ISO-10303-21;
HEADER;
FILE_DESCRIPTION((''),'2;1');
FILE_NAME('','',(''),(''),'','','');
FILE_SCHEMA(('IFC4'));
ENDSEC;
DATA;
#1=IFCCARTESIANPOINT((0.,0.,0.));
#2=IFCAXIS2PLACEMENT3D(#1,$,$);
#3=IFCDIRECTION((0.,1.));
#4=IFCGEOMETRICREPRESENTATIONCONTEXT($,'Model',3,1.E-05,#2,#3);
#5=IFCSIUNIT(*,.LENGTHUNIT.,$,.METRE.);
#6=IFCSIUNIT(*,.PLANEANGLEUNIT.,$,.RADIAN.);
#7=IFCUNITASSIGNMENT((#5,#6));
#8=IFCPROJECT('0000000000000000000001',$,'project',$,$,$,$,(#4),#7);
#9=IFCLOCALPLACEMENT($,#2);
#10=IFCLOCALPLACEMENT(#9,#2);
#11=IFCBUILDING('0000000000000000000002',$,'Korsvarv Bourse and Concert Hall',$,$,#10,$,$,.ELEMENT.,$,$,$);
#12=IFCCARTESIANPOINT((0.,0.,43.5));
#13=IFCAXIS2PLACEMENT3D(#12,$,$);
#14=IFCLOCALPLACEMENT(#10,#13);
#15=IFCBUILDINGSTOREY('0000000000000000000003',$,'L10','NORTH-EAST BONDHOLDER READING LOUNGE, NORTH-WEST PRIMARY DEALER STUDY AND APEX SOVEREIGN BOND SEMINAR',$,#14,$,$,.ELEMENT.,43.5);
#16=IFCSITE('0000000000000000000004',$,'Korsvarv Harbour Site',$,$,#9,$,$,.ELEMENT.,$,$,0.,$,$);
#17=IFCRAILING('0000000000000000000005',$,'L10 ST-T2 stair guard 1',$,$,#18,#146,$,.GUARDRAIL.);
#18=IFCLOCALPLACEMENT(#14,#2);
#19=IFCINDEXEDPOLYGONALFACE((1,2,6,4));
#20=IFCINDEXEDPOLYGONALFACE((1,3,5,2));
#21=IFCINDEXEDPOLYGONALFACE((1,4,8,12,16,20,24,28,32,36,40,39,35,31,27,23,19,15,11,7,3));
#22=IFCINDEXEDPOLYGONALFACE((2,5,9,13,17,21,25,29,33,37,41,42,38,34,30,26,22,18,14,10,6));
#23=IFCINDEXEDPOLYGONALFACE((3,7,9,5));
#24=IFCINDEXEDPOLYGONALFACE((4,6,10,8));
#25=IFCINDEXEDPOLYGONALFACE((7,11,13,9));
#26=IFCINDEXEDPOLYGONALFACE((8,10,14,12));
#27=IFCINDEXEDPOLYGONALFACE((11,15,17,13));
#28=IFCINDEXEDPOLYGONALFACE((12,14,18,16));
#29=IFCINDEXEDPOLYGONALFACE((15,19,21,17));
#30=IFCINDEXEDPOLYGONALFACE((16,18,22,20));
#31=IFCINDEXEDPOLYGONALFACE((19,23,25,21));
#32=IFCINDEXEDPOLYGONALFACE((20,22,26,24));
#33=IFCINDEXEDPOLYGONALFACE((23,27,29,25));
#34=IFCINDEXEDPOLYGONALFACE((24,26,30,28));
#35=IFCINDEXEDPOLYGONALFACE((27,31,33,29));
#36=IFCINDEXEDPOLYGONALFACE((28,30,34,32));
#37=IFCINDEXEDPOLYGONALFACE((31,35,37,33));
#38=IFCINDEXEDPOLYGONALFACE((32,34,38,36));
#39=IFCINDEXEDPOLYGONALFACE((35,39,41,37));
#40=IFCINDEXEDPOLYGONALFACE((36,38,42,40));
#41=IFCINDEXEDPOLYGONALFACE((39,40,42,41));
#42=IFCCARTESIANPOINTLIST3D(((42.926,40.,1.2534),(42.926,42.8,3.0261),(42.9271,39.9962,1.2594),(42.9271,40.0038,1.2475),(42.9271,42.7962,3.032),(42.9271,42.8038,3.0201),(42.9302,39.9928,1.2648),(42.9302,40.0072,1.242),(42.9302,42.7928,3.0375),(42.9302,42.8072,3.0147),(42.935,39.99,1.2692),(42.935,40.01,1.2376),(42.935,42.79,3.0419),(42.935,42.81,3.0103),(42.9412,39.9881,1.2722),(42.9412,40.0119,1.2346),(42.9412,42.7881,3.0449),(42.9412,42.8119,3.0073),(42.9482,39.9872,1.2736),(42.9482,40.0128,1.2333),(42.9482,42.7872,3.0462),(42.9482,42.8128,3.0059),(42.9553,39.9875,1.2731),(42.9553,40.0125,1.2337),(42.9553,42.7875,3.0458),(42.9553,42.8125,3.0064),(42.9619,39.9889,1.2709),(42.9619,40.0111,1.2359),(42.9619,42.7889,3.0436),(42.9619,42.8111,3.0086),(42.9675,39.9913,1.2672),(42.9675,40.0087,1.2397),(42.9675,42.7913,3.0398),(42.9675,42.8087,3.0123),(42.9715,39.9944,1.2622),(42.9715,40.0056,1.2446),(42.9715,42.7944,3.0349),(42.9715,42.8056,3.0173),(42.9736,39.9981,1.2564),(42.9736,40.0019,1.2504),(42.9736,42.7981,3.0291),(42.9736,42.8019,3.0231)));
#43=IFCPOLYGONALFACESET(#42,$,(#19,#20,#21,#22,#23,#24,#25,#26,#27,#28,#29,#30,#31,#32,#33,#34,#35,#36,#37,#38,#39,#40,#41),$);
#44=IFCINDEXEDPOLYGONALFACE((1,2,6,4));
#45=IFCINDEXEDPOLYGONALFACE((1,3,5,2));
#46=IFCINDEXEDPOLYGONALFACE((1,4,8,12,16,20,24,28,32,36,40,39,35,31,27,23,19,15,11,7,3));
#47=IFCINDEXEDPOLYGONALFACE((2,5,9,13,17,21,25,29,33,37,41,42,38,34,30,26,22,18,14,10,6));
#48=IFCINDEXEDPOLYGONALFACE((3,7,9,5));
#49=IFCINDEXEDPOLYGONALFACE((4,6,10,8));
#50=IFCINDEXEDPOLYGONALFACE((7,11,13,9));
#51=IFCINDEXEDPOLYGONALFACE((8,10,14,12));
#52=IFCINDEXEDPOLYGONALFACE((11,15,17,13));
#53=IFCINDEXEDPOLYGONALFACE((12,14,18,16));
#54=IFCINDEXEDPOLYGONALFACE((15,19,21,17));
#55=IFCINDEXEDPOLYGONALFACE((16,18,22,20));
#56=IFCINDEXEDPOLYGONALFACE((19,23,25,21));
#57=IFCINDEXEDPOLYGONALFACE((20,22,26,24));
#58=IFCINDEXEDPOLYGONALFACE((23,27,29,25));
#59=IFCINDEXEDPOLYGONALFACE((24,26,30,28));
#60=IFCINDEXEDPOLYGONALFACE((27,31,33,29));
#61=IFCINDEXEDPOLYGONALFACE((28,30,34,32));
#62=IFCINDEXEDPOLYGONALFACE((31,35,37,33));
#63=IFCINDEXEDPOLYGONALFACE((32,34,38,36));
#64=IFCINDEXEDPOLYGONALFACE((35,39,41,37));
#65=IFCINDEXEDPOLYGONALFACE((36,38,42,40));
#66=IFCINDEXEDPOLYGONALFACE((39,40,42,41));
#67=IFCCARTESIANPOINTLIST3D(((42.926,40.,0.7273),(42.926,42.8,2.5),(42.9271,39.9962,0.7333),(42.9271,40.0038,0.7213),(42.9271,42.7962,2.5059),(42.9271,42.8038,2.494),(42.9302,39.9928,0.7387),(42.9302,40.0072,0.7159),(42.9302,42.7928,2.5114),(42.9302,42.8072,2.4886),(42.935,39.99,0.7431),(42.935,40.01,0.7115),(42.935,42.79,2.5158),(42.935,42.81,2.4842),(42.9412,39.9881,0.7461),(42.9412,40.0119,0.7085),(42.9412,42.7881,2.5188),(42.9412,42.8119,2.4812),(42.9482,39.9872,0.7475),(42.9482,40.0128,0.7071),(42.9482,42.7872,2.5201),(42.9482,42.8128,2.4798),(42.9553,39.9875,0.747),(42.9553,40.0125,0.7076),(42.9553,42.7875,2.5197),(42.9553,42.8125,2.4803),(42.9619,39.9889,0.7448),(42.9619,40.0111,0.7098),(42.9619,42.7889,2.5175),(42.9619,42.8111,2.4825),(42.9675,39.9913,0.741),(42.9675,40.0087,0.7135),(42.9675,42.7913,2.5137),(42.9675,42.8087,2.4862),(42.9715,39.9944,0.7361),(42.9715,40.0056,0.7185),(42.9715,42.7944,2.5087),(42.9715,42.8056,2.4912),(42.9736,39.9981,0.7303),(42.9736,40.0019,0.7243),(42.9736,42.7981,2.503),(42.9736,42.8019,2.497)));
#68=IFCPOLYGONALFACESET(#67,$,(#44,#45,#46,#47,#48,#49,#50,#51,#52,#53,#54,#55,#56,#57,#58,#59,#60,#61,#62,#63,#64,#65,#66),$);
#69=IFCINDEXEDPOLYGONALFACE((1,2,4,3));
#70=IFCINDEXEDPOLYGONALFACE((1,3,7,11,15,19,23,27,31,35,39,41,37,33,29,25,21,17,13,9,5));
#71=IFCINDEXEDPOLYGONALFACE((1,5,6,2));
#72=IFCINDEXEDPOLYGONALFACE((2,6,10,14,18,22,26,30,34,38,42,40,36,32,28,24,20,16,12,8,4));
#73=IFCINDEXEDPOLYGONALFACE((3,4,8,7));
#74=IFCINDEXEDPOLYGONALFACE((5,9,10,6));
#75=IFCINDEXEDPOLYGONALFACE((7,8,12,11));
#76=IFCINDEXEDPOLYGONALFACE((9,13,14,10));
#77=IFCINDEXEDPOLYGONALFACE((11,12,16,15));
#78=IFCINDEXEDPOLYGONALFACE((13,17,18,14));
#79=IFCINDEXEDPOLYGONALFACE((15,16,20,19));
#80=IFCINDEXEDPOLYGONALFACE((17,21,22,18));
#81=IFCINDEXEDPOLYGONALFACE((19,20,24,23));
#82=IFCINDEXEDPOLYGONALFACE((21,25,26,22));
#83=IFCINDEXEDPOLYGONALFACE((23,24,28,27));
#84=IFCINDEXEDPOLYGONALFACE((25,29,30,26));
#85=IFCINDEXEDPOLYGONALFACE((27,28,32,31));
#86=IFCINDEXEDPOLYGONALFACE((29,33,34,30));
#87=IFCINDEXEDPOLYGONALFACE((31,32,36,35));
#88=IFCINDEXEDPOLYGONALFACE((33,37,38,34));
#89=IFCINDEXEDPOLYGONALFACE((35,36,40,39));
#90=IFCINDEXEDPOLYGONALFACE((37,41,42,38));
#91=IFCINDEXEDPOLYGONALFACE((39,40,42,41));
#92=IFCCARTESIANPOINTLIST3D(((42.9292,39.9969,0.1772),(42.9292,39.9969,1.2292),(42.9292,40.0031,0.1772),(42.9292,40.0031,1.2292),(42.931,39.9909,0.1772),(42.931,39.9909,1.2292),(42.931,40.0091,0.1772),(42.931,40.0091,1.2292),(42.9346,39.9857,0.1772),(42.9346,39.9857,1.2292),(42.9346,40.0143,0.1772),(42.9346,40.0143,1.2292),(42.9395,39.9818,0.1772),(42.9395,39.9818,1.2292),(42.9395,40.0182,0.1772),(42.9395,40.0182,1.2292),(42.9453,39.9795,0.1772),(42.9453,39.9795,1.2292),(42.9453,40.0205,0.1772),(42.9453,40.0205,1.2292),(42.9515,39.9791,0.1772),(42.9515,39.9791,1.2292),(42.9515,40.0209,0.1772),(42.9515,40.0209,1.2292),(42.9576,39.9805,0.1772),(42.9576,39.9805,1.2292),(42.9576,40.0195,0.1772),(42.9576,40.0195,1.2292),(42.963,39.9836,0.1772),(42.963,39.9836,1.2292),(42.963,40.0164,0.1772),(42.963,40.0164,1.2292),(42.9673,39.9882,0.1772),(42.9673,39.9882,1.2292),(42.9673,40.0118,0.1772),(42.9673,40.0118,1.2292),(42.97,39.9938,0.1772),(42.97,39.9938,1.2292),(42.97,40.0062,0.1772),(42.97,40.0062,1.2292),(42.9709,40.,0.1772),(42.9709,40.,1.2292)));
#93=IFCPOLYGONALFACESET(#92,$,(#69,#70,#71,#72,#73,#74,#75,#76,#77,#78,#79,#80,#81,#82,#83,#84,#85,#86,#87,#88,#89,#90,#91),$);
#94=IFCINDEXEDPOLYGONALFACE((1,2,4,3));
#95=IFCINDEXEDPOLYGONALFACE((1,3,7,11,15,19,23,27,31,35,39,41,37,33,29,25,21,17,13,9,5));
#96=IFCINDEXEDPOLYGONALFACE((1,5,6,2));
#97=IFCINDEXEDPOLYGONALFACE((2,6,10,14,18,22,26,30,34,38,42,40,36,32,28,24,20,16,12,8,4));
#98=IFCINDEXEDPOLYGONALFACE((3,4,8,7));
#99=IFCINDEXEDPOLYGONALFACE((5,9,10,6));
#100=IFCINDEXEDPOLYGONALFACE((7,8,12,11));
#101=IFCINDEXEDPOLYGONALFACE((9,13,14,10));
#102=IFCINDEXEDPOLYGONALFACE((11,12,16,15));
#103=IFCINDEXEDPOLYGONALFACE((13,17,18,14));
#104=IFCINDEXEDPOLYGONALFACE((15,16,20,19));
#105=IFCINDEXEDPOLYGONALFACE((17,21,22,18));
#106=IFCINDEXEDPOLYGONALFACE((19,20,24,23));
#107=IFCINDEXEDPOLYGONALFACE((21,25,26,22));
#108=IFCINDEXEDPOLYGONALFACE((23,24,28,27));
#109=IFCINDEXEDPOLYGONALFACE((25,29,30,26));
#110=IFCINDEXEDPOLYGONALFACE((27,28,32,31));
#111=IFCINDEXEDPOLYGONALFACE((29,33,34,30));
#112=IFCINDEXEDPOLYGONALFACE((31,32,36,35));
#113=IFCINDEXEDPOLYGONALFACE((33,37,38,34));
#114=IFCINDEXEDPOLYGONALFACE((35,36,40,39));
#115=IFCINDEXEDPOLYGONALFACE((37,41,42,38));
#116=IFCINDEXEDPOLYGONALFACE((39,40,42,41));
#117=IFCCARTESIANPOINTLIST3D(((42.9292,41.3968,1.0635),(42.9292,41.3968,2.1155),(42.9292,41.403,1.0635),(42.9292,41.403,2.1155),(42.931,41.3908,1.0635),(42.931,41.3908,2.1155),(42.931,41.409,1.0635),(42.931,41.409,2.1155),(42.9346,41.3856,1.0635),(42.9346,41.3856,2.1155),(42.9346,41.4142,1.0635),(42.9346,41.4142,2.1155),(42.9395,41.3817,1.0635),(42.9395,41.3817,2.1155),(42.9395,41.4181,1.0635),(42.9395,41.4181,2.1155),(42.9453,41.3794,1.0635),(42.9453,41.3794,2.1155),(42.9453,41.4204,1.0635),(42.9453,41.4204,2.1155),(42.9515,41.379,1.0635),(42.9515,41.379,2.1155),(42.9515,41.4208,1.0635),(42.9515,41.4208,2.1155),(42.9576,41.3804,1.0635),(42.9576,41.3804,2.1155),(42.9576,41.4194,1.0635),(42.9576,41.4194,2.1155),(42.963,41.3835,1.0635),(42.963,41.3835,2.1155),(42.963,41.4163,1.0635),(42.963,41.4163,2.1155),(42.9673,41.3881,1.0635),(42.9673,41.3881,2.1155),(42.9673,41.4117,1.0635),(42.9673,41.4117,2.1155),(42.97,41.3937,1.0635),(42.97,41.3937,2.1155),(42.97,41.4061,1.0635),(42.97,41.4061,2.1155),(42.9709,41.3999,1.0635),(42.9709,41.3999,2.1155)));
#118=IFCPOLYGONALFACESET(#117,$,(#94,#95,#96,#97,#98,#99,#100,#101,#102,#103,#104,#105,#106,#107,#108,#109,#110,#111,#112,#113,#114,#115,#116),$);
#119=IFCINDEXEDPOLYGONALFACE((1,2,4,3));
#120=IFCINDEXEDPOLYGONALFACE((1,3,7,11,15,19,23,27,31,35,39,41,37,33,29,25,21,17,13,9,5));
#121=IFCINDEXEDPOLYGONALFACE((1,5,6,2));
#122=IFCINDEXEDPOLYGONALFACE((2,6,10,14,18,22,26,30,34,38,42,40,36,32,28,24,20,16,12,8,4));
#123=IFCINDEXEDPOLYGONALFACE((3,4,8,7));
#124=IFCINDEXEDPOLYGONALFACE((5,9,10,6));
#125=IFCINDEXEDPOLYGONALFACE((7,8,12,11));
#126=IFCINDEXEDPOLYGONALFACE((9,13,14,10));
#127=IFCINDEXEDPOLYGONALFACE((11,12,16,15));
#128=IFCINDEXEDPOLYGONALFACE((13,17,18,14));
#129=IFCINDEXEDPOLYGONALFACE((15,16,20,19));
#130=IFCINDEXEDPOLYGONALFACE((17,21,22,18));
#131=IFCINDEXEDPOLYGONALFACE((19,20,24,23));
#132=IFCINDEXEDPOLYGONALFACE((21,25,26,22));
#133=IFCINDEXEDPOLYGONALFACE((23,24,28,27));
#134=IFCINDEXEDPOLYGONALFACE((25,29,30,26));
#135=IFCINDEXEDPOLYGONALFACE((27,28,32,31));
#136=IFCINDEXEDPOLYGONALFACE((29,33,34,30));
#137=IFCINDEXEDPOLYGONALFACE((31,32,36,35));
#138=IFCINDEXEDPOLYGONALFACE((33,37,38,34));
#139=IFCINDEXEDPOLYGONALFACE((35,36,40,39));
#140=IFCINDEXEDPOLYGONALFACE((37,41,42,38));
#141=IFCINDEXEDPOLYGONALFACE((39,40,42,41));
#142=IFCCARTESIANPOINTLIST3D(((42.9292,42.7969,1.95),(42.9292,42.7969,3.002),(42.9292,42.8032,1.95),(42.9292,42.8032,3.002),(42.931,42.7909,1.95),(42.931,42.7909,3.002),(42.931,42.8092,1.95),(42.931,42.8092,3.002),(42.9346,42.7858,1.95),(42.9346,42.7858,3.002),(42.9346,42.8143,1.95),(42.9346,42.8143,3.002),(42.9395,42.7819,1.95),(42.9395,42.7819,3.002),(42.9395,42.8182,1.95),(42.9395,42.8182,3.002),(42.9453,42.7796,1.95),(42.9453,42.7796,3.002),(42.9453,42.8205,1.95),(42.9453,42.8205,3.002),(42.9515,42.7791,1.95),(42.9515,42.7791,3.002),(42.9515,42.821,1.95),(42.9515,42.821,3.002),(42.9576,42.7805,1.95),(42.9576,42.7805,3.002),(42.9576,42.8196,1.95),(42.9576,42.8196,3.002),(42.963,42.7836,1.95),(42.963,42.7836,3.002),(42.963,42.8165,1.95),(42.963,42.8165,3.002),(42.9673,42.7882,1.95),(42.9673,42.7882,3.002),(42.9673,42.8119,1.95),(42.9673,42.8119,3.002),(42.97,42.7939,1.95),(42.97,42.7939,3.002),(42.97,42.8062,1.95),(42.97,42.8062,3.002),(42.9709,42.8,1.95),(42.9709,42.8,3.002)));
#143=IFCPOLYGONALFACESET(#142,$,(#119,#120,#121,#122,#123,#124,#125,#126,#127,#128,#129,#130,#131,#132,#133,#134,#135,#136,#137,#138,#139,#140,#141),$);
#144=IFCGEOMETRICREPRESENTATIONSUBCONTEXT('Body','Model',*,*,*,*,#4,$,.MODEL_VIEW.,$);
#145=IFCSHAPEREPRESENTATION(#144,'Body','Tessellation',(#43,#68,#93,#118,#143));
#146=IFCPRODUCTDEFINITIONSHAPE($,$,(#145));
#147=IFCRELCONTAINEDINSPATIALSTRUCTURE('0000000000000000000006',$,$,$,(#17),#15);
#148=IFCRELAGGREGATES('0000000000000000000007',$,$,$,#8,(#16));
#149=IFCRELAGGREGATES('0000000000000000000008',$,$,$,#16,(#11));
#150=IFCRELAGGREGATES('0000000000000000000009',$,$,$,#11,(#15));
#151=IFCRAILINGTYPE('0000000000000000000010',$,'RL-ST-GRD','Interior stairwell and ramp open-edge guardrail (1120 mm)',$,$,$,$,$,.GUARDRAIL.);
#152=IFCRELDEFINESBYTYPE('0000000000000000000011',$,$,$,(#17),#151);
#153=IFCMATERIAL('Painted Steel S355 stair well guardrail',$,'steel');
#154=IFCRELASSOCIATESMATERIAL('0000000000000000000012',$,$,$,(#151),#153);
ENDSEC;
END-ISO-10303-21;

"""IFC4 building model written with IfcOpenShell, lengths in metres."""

from ifc_helpers import new_model, si_unit, direction, frame, origin, origin_2d, place, context, subcontext, project, spatial, circle, extrude, material, type_object, element, save


model = new_model("IFC4")

# Units and contexts
model_context = context("Model", 3, precision=1e-05, world=origin(), true_north=direction((0.0, 1.0)))
body_context = subcontext(model_context, "Body", "Model", "MODEL_VIEW")
ifc_project = project(units=[si_unit("LENGTHUNIT", "METRE"), si_unit("PLANEANGLEUNIT", "RADIAN")], contexts=[model_context])

# Site, building, storey
site_placement = place(None, origin())
site = spatial("IfcSite", under=ifc_project, at=site_placement, Name="Korsvarv Harbour Site", CompositionType="ELEMENT", RefElevation=0.0)
building_placement = place(site_placement, origin())
building = spatial("IfcBuilding", under=site, at=building_placement, Name="Korsvarv Bourse and Concert Hall", CompositionType="ELEMENT")
storey_placement = place(building_placement, frame((0.0, 0.0, 43.5)))
storey = spatial("IfcBuildingStorey", under=building, at=storey_placement, Name="L10", Description="NORTH-EAST BONDHOLDER READING LOUNGE, NORTH-WEST PRIMARY DEALER STUDY AND APEX SOVEREIGN BOND SEMINAR", CompositionType="ELEMENT", Elevation=43.5)

# Railing
ifc_material_1 = material(Name="Painted Steel S355 stair well guardrail", Category="steel")
railing_type_1 = type_object("IfcRailingType", Name="RL-ST-GRD", Description="Interior stairwell and ramp open-edge guardrail (1120 mm)", PredefinedType="GUARDRAIL", material=ifc_material_1)
railing_1_placement = place(storey_placement, frame((42.95, 40.0, 0.1772)))
element("IfcRailing", 1, at=railing_1_placement, inside=storey, type_object=railing_type_1, Name="L10 ST-T2 stair guard 1", PredefinedType="GUARDRAIL", context=body_context, shape_type="SweptSolid", body=[
    extrude(circle(Radius=0.0239, at=origin_2d()), frame((0.0, 0.0, 1.0762), z_axis=(0.0, 0.844909, 0.53491), x_axis=(-1.0, 0.0, 0.0)), (0.0, 0.0, 1.0), 3.314),
    extrude(circle(Radius=0.0239, at=origin_2d()), frame((0.0, 0.0, 0.55), z_axis=(0.0, 0.844909, 0.53491), x_axis=(-1.0, 0.0, 0.0)), (0.0, 0.0, 1.0), 3.314),
    extrude(circle(Radius=0.021, at=origin_2d()), origin(), (0.0, 0.0, 1.0), 1.052),
    extrude(circle(Radius=0.021, at=origin_2d()), frame((0.0, 1.3999, 0.8862)), (0.0, 0.0, 1.0), 1.052),
    extrude(circle(Radius=0.021, at=origin_2d()), frame((0.0, 2.8, 1.7727)), (0.0, 0.0, 1.0), 1.052),
])

save(model, "model.ifc")
